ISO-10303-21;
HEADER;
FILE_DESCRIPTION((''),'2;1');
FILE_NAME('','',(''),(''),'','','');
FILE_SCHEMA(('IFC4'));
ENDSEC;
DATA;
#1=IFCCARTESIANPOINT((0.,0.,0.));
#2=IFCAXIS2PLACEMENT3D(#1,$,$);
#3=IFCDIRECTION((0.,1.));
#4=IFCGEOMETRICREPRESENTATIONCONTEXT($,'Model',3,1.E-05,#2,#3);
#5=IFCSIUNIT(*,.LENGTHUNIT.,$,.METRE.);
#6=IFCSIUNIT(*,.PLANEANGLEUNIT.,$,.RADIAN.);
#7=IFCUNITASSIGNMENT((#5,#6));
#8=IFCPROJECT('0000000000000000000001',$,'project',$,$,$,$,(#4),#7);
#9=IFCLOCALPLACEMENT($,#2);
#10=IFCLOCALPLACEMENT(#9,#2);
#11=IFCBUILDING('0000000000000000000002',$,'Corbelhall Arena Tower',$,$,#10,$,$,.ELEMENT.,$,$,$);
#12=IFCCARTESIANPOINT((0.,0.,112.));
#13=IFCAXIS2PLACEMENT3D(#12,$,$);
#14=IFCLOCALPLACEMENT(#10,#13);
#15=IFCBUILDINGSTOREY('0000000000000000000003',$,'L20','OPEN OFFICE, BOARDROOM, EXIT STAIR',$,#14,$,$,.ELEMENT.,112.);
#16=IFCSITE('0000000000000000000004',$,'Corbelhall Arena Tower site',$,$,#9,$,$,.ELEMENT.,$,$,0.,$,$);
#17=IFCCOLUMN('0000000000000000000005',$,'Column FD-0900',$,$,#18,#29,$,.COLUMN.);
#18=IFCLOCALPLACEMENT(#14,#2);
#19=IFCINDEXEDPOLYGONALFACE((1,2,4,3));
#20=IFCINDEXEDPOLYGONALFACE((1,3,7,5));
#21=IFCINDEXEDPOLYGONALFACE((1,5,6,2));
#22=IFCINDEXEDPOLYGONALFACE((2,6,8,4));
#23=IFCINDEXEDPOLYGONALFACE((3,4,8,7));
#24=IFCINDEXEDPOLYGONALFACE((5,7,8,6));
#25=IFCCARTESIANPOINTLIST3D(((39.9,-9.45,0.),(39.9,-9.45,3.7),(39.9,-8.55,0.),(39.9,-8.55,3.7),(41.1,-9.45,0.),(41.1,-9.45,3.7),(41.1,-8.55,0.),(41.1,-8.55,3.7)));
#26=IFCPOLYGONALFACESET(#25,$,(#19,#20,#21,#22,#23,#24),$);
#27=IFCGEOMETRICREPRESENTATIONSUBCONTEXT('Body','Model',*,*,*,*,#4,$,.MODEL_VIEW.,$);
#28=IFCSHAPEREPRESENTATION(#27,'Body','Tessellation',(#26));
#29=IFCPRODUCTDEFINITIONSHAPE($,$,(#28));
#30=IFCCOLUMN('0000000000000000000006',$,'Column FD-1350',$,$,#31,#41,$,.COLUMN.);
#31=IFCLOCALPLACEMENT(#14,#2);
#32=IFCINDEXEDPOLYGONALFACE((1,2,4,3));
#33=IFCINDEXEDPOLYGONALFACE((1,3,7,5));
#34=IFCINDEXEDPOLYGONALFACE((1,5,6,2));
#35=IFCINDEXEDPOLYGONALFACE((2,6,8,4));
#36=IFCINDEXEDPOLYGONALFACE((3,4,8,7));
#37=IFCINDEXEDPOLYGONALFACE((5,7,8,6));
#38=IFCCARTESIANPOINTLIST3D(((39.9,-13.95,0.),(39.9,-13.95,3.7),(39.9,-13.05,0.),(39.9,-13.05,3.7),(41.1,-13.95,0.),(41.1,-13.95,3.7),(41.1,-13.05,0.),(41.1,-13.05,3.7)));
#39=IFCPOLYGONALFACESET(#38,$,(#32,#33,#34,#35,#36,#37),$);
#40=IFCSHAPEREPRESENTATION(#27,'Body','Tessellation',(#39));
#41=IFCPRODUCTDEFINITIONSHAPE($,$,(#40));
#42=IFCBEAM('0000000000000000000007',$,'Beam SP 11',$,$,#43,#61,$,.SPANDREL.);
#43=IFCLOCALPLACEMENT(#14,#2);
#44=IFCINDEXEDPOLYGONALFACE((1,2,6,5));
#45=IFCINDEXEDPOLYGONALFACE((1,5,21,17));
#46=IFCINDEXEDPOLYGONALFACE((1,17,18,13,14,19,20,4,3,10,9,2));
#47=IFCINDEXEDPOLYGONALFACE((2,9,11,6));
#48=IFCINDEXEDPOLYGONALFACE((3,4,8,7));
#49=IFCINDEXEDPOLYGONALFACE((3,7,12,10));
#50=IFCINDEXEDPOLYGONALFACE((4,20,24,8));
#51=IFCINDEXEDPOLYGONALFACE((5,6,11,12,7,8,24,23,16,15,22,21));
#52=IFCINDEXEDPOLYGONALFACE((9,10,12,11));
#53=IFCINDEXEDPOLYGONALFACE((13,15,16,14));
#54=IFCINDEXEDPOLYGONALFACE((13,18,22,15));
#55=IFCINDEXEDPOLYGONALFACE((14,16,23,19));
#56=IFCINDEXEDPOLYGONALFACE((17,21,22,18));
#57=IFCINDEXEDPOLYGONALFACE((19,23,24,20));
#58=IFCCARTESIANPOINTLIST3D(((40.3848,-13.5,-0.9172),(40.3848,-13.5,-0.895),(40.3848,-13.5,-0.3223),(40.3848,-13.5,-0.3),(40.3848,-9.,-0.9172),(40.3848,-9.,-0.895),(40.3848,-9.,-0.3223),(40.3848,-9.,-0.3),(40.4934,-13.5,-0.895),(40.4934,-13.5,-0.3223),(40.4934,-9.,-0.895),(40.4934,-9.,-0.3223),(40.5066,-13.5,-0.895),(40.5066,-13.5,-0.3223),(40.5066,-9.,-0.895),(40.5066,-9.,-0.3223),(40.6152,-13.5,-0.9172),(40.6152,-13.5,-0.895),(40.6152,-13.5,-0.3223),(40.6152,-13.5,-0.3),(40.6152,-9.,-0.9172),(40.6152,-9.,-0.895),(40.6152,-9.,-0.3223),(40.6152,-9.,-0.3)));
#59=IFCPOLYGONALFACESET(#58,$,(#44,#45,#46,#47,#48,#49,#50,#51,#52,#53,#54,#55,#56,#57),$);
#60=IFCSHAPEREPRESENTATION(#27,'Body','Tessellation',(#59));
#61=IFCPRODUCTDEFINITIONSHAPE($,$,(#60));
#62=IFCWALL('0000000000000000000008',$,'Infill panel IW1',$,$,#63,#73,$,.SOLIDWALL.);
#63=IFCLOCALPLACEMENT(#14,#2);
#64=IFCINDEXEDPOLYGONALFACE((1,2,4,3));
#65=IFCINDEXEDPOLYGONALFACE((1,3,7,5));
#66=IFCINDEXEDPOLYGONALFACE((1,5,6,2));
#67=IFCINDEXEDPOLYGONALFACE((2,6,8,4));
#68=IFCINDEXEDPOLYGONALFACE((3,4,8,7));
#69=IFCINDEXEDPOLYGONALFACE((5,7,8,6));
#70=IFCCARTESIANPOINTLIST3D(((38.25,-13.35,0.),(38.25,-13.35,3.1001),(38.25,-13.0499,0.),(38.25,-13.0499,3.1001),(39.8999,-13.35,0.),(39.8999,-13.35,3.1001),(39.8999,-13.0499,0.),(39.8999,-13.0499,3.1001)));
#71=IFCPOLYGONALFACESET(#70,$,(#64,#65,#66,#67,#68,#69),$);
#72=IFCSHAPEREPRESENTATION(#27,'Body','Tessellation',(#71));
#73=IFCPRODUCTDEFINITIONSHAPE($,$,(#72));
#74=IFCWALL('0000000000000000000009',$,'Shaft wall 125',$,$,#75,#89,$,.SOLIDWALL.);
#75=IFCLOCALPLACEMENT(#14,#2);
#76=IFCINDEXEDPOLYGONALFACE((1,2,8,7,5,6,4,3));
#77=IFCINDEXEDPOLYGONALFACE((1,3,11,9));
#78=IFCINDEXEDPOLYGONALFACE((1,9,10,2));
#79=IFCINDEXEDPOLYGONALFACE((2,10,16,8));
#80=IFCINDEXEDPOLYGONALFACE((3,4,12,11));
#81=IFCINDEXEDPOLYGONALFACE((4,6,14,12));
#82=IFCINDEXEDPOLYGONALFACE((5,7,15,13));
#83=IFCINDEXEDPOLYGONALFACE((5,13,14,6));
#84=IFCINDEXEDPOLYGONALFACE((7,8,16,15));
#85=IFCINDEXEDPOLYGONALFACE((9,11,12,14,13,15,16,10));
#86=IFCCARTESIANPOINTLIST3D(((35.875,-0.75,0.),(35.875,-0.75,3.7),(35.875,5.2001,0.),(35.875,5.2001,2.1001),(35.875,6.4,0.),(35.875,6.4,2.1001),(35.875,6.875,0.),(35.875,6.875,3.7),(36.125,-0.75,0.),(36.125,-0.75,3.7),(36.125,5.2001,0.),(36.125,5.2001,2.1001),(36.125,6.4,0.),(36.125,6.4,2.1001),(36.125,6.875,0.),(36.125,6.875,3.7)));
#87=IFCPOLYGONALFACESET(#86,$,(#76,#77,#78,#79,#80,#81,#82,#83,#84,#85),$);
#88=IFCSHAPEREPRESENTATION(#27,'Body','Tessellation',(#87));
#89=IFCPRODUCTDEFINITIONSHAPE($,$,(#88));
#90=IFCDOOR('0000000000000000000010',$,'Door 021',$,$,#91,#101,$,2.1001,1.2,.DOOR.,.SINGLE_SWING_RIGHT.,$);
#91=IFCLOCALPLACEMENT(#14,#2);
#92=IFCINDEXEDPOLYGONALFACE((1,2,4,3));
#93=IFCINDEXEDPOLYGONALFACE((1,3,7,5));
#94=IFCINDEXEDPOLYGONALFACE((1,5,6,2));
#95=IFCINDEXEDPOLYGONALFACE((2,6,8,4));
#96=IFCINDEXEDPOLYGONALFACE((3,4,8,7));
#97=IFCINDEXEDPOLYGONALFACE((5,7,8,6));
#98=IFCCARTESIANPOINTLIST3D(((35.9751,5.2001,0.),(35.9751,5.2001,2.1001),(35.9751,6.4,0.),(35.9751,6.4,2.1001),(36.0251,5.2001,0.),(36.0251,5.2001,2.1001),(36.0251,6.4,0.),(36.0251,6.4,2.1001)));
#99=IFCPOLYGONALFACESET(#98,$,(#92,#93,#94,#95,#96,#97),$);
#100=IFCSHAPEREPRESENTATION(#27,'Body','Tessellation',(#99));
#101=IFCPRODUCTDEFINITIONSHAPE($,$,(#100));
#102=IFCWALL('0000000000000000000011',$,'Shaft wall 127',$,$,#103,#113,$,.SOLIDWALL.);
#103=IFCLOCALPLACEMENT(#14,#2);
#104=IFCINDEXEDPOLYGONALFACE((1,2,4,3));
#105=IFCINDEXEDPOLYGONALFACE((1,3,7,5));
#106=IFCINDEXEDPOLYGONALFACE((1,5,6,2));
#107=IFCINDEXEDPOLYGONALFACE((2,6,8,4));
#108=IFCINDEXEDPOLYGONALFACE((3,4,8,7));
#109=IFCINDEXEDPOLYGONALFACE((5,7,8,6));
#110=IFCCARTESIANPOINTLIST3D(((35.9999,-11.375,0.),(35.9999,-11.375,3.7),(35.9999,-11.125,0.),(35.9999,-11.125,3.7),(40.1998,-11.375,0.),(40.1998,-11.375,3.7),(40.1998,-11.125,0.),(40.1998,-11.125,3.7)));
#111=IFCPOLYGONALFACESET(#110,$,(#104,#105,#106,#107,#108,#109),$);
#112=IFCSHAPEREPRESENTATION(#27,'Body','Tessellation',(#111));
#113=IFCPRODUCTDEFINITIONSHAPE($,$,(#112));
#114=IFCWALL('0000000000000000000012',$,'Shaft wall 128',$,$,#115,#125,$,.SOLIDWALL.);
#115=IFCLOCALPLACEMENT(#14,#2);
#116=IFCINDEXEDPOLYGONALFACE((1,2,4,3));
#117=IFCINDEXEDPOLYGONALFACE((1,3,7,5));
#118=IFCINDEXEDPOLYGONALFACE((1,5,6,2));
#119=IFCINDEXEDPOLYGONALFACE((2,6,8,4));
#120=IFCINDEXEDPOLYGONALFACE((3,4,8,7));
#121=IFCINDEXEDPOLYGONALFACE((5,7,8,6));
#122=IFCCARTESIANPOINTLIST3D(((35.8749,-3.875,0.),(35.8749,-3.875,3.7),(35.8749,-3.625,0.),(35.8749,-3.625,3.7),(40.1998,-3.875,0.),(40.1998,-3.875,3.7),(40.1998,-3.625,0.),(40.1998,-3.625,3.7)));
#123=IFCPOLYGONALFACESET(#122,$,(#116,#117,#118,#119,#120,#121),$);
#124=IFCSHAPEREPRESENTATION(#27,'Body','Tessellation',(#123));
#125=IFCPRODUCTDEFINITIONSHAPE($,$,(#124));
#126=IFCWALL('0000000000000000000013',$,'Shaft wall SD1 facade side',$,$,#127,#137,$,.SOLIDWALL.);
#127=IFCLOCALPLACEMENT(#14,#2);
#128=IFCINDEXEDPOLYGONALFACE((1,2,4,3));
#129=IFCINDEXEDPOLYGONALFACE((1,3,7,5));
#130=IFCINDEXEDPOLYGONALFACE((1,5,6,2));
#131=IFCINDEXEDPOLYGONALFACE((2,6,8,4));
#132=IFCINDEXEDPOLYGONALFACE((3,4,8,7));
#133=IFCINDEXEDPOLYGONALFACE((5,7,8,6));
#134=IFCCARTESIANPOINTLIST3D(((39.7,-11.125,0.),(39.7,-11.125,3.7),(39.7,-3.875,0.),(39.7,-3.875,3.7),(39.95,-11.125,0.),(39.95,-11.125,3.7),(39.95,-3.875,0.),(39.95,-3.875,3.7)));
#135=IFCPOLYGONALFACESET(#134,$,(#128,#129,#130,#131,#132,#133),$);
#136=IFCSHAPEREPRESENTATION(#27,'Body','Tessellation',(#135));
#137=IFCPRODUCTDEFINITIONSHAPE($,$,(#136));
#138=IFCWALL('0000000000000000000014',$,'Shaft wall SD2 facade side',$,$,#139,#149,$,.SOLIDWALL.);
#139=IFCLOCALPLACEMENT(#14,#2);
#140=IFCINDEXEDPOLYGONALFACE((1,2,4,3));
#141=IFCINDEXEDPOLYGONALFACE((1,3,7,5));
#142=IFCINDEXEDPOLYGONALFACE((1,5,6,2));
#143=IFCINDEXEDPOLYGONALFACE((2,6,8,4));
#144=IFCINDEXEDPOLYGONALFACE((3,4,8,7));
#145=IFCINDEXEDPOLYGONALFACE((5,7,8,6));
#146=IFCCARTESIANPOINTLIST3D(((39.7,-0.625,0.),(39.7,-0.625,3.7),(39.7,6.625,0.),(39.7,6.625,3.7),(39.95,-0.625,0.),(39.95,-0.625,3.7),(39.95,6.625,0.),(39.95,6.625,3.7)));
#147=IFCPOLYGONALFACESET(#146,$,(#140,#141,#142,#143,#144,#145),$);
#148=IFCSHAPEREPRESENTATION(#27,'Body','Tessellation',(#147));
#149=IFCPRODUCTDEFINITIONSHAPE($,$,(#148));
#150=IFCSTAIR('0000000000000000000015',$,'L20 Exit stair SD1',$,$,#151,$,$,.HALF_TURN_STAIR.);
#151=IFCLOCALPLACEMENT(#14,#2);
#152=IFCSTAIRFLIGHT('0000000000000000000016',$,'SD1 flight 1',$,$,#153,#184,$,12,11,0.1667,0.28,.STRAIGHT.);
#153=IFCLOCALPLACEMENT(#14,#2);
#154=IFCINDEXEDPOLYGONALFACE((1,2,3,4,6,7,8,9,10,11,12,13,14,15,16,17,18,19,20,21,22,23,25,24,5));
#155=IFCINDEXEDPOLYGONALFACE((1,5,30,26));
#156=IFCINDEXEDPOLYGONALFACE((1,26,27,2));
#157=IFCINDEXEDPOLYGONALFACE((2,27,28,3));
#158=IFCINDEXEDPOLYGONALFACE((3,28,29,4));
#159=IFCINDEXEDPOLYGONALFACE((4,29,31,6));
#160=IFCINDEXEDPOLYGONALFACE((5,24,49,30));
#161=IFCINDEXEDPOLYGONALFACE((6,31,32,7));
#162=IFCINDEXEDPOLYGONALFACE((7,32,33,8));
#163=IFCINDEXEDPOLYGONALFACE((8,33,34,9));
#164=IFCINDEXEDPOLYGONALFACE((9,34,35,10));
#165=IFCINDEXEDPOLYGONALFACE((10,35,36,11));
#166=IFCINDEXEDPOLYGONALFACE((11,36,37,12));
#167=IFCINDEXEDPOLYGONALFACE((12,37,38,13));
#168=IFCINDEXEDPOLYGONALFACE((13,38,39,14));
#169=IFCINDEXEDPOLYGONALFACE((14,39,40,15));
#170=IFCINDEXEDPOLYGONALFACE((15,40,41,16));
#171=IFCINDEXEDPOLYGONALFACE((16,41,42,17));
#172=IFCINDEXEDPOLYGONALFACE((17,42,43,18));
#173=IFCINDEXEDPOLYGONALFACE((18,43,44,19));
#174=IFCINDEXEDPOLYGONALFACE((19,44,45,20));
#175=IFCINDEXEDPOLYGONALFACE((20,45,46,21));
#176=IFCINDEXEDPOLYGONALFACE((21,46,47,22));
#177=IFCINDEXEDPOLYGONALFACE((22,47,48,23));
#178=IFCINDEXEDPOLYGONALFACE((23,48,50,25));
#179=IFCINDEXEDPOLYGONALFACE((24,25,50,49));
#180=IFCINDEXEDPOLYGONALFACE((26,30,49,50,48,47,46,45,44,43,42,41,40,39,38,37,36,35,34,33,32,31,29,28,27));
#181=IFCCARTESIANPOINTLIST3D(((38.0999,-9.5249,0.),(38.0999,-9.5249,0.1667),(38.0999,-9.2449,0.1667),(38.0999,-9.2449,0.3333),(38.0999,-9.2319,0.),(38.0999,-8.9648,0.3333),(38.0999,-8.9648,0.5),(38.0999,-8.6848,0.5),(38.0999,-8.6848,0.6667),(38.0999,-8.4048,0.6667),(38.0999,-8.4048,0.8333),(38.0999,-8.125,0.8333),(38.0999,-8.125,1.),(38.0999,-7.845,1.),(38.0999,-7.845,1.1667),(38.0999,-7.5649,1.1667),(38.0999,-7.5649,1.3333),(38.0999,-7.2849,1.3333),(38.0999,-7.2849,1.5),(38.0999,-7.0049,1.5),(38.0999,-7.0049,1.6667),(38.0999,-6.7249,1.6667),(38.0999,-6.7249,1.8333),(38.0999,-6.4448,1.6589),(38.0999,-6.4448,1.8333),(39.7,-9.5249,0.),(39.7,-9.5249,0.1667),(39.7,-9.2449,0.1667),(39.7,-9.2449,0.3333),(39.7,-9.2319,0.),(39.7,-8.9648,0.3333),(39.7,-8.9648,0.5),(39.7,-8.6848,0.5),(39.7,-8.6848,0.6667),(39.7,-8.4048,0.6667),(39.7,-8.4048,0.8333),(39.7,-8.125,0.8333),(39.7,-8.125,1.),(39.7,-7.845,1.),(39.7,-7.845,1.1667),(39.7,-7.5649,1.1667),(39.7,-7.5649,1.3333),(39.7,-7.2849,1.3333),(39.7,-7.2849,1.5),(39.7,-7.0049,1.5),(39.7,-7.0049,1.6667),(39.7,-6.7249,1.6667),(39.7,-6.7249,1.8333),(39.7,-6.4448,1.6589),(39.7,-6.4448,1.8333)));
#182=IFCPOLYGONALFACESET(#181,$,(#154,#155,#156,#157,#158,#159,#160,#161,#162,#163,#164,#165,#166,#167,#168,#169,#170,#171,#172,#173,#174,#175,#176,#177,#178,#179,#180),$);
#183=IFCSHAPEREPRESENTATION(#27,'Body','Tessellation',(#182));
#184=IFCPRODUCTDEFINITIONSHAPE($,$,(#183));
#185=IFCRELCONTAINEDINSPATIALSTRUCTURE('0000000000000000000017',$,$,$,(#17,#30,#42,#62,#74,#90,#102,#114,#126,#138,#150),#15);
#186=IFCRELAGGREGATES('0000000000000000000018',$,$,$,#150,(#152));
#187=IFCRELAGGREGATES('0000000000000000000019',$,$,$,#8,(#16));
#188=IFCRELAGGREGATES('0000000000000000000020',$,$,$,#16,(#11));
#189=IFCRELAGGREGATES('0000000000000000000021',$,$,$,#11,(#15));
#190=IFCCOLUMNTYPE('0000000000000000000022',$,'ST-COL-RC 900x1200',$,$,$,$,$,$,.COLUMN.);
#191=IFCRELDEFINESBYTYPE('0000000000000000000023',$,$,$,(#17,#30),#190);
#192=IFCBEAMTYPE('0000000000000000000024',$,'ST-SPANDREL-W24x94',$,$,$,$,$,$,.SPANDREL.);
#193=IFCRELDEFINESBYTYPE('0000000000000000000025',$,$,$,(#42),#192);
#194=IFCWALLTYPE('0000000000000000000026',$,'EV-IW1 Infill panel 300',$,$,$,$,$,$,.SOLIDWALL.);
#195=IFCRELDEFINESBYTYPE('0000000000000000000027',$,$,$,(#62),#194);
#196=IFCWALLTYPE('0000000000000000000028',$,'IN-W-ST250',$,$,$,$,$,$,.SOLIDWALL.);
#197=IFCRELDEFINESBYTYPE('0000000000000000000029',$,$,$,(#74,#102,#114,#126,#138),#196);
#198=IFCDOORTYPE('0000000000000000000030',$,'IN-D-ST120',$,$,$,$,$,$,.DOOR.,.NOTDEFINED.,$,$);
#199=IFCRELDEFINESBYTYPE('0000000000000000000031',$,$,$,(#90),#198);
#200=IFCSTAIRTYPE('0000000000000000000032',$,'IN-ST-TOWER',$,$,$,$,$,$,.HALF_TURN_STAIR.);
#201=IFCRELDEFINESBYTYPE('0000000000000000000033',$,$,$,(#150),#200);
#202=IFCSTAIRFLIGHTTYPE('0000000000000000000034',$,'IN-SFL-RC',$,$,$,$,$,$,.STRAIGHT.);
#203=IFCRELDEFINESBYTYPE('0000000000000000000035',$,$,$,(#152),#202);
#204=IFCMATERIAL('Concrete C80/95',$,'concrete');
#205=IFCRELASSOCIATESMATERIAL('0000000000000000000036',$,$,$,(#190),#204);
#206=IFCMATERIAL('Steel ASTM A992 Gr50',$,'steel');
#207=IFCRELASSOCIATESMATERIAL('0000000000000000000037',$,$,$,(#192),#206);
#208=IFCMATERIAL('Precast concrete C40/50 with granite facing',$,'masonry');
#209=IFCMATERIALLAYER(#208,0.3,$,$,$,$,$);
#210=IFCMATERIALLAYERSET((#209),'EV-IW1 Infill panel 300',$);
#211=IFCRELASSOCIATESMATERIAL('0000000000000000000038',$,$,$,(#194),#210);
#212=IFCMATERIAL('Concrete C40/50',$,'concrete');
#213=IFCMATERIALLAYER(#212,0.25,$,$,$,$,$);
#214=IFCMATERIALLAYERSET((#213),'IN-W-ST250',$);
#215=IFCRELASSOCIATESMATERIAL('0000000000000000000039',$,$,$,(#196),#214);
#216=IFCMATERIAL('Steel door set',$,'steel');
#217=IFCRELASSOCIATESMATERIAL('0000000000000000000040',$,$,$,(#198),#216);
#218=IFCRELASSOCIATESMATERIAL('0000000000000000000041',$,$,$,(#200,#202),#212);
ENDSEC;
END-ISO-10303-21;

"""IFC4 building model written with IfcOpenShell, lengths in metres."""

from ifc_helpers import new_model, si_unit, direction, frame, frame_2d, origin, origin_2d, place, context, subcontext, project, spatial, polyline, rectangle, i_section, outline, extrude, material, layer, layer_set, material_profile, profile_set, type_object, element, fill, aggregate, save


model = new_model("IFC4")

# Units and contexts
model_context = context("Model", 3, precision=1e-05, world=origin(), true_north=direction((0.0, 1.0)))
body_context = subcontext(model_context, "Body", "Model", "MODEL_VIEW")
ifc_project = project(units=[si_unit("LENGTHUNIT", "METRE"), si_unit("PLANEANGLEUNIT", "RADIAN")], contexts=[model_context])

# Site, building, storey
site_placement = place(None, origin())
site = spatial("IfcSite", under=ifc_project, at=site_placement, Name="Corbelhall Arena Tower site", CompositionType="ELEMENT", RefElevation=0.0)
building_placement = place(site_placement, origin())
building = spatial("IfcBuilding", under=site, at=building_placement, Name="Corbelhall Arena Tower", CompositionType="ELEMENT")
storey_placement = place(building_placement, frame((0.0, 0.0, 112.0)))
storey = spatial("IfcBuildingStorey", under=building, at=storey_placement, Name="L20", Description="OPEN OFFICE, BOARDROOM, EXIT STAIR", CompositionType="ELEMENT", Elevation=112.0)

# Columns
ifc_material_1 = material(Name="Concrete C80/95", Category="concrete")
ifc_material_profile_1 = material_profile(ifc_material_1, rectangle(XDim=0.8999, YDim=1.2, at=origin_2d()))
ifc_profile_set_1 = profile_set([ifc_material_profile_1], Name="Concrete C80/95")
column_type = type_object("IfcColumnType", Name="ST-COL-RC 900x1200", PredefinedType="COLUMN", material=ifc_profile_set_1)
for number, where, z_axis, x_axis, name in (
    (1, (40.5, -9.0, 0.0), (0.0, 0.0, 1.0), (0.0, 1.0, 0.0), "Column FD-0900"),
    (2, (40.5, -13.5, 0.0), (0.0, 0.0, 1.0), (0.0, 1.0, 0.0), "Column FD-1350"),
):
    element("IfcColumn", number, at=place(storey_placement, frame(where, z_axis=z_axis, x_axis=x_axis)), inside=storey, type_object=column_type, Name=name, PredefinedType="COLUMN", context=body_context, shape_type="SweptSolid", body=[
        extrude(rectangle(XDim=0.8999, YDim=1.2, at=origin_2d()), origin(), (0.0, 0.0, 1.0), 3.7),
    ])

# Beam
ifc_material_2 = material(Name="Steel ASTM A992 Gr50", Category="steel")
ifc_material_profile_2 = material_profile(ifc_material_2, i_section(OverallWidth=0.2305, OverallDepth=0.6172, WebThickness=0.0132, FlangeThickness=0.0222, at=origin_2d()))
ifc_profile_set_2 = profile_set([ifc_material_profile_2], Name="Steel ASTM A992 Gr50")
beam_type = type_object("IfcBeamType", Name="ST-SPANDREL-W24x94", PredefinedType="SPANDREL", material=ifc_profile_set_2)
beam_placement = place(storey_placement, frame((40.5, -9.0, -0.6086), z_axis=(0.0, -1.0, 0.0), x_axis=(1.0, 0.0, 0.0)))
element("IfcBeam", 3, at=beam_placement, inside=storey, type_object=beam_type, Name="Beam SP 11", PredefinedType="SPANDREL", context=body_context, shape_type="SweptSolid", body=[
    extrude(i_section(OverallWidth=0.2305, OverallDepth=0.6172, WebThickness=0.0132, FlangeThickness=0.0222, at=origin_2d()), origin(), (0.0, 0.0, 1.0), 4.5),
])

# Wall
ifc_material_3 = material(Name="Precast concrete C40/50 with granite facing", Category="masonry")
ifc_layer_1 = layer(ifc_material_3, 0.3)
ifc_layer_set_1 = layer_set([ifc_layer_1], Name="EV-IW1 Infill panel 300")
wall_type_1 = type_object("IfcWallType", Name="EV-IW1 Infill panel 300", PredefinedType="SOLIDWALL", material=ifc_layer_set_1)
wall_1_placement = place(storey_placement, frame((39.8999, -13.2, 0.0), z_axis=(0.0, 0.0, 1.0), x_axis=(-1.0, 0.0, 0.0)))
element("IfcWall", 4, at=wall_1_placement, inside=storey, type_object=wall_type_1, Name="Infill panel IW1", PredefinedType="SOLIDWALL", context=body_context, shape_type="SweptSolid", body=[
    extrude(rectangle(XDim=1.6499, YDim=0.3, at=frame_2d((0.825, 0.0))), origin(), (0.0, 0.0, 1.0), 3.1001),
])

# Wall, opening, door
ifc_material_4 = material(Name="Concrete C40/50", Category="concrete")
ifc_layer_2 = layer(ifc_material_4, 0.25)
ifc_layer_set_2 = layer_set([ifc_layer_2], Name="IN-W-ST250")
wall_type_2 = type_object("IfcWallType", Name="IN-W-ST250", PredefinedType="SOLIDWALL", material=ifc_layer_set_2)
wall_2_placement = place(storey_placement, frame((36.0, -0.75, 0.0), z_axis=(0.0, 0.0, 1.0), x_axis=(0.0, 1.0, 0.0)))
wall_2 = element("IfcWall", 5, at=wall_2_placement, inside=storey, type_object=wall_type_2, Name="Shaft wall 125", PredefinedType="SOLIDWALL", context=body_context, shape_type="SweptSolid", body=[
    extrude(rectangle(XDim=7.625, YDim=0.25, at=frame_2d((3.8125, 0.0))), origin(), (0.0, 0.0, 1.0), 3.7),
])
opening_1_placement = place(wall_2_placement, frame((5.95, 0.0, 0.0)))
opening_1 = element("IfcOpeningElement", 6, at=opening_1_placement, cuts=wall_2, PredefinedType="OPENING", context=body_context, shape_type="SweptSolid", body=[
    extrude(rectangle(XDim=1.2, YDim=2.1001, at=frame_2d((0.6001, 1.05))), frame((0.0, 0.125, 0.0), z_axis=(0.0, -1.0, 0.0), x_axis=(1.0, 0.0, 0.0)), (0.0, 0.0, 1.0), 0.25),
])
ifc_material_5 = material(Name="Steel door set", Category="steel")
door_type = type_object("IfcDoorType", Name="IN-D-ST120", OperationType="NOTDEFINED", PredefinedType="DOOR", material=ifc_material_5)
door_placement = place(opening_1_placement, origin())
door = element("IfcDoor", 7, at=door_placement, inside=storey, type_object=door_type, Name="Door 021", OperationType="SINGLE_SWING_RIGHT", OverallHeight=2.1001, OverallWidth=1.2, PredefinedType="DOOR", context=body_context, shape_type="SweptSolid", body=[
    extrude(rectangle(XDim=1.2, YDim=2.1001, at=frame_2d((0.6001, 1.05))), frame((0.0, 0.0249, 0.0), z_axis=(0.0, -1.0, 0.0), x_axis=(1.0, 0.0, 0.0)), (0.0, 0.0, 1.0), 0.05),
])
fill(opening_1, door)

# Walls
wall_3_placement = place(storey_placement, frame((40.2, -11.25, 0.0), z_axis=(0.0, 0.0, 1.0), x_axis=(-1.0, 0.0, 0.0)))
element("IfcWall", 8, at=wall_3_placement, inside=storey, type_object=wall_type_2, Name="Shaft wall 127", PredefinedType="SOLIDWALL", context=body_context, shape_type="SweptSolid", body=[
    extrude(rectangle(XDim=4.2, YDim=0.25, at=frame_2d((2.1001, 0.0))), origin(), (0.0, 0.0, 1.0), 3.7),
])
wall_4_placement = place(storey_placement, frame((40.2, -3.75, 0.0), z_axis=(0.0, 0.0, 1.0), x_axis=(-1.0, 0.0, 0.0)))
element("IfcWall", 9, at=wall_4_placement, inside=storey, type_object=wall_type_2, Name="Shaft wall 128", PredefinedType="SOLIDWALL", context=body_context, shape_type="SweptSolid", body=[
    extrude(rectangle(XDim=4.325, YDim=0.25, at=frame_2d((2.1626, 0.0))), origin(), (0.0, 0.0, 1.0), 3.7),
])
for number, where, z_axis, x_axis, name in (
    (10, (39.825, -11.125, 0.0), (0.0, 0.0, 1.0), (0.0, 1.0, 0.0), "Shaft wall SD1 facade side"),
    (11, (39.825, -0.625, 0.0), (0.0, 0.0, 1.0), (0.0, 1.0, 0.0), "Shaft wall SD2 facade side"),
):
    element("IfcWall", number, at=place(storey_placement, frame(where, z_axis=z_axis, x_axis=x_axis)), inside=storey, type_object=wall_type_2, Name=name, PredefinedType="SOLIDWALL", context=body_context, shape_type="SweptSolid", body=[
        extrude(rectangle(XDim=7.25, YDim=0.25, at=frame_2d((3.625, 0.0))), origin(), (0.0, 0.0, 1.0), 3.7),
    ])

# Stair, stair flight
stair_type = type_object("IfcStairType", Name="IN-ST-TOWER", PredefinedType="HALF_TURN_STAIR", material=ifc_material_4)
stair_placement = place(storey_placement, origin())
stair = element("IfcStair", 12, at=stair_placement, inside=storey, type_object=stair_type, Name="L20 Exit stair SD1", PredefinedType="HALF_TURN_STAIR")
stair_flight_type = type_object("IfcStairFlightType", Name="IN-SFL-RC", PredefinedType="STRAIGHT", material=ifc_material_4)
stair_flight_1_placement = place(storey_placement, frame((38.8999, -9.5249, 0.0), z_axis=(0.0, 0.0, 1.0), x_axis=(0.0, 1.0, 0.0)))
stair_flight_1 = element("IfcStairFlight", 13, at=stair_flight_1_placement, type_object=stair_flight_type, Name="SD1 flight 1", NumberOfRisers=12, NumberOfTreads=11, PredefinedType="STRAIGHT", RiserHeight=0.1667, TreadLength=0.28, context=body_context, shape_type="SweptSolid", body=[
    extrude(outline(polyline([(0.0, 0.0), (0.0, 0.1667), (0.28, 0.1667), (0.28, 0.3333), (0.5601, 0.3333), (0.5601, 0.5), (0.8401, 0.5), (0.8401, 0.6667), (1.1201, 0.6667), (1.1201, 0.8333), (1.3999, 0.8333), (1.3999, 1.0), (1.6799, 1.0), (1.6799, 1.1667), (1.96, 1.1667), (1.96, 1.3333), (2.24, 1.3333), (2.24, 1.5), (2.52, 1.5), (2.52, 1.6667), (2.8, 1.6667), (2.8, 1.8333), (3.0801, 1.8333), (3.0801, 2.0), (3.0801, 1.6589), (0.293, 0.0), (0.0, 0.0)])), frame((0.0, 0.8, 0.0), z_axis=(0.0, -1.0, 0.0), x_axis=(1.0, 0.0, 0.0)), (0.0, 0.0, 1.0), 1.6001),
])
aggregate(stair, [stair_flight_1])

save(model, "model.ifc")
